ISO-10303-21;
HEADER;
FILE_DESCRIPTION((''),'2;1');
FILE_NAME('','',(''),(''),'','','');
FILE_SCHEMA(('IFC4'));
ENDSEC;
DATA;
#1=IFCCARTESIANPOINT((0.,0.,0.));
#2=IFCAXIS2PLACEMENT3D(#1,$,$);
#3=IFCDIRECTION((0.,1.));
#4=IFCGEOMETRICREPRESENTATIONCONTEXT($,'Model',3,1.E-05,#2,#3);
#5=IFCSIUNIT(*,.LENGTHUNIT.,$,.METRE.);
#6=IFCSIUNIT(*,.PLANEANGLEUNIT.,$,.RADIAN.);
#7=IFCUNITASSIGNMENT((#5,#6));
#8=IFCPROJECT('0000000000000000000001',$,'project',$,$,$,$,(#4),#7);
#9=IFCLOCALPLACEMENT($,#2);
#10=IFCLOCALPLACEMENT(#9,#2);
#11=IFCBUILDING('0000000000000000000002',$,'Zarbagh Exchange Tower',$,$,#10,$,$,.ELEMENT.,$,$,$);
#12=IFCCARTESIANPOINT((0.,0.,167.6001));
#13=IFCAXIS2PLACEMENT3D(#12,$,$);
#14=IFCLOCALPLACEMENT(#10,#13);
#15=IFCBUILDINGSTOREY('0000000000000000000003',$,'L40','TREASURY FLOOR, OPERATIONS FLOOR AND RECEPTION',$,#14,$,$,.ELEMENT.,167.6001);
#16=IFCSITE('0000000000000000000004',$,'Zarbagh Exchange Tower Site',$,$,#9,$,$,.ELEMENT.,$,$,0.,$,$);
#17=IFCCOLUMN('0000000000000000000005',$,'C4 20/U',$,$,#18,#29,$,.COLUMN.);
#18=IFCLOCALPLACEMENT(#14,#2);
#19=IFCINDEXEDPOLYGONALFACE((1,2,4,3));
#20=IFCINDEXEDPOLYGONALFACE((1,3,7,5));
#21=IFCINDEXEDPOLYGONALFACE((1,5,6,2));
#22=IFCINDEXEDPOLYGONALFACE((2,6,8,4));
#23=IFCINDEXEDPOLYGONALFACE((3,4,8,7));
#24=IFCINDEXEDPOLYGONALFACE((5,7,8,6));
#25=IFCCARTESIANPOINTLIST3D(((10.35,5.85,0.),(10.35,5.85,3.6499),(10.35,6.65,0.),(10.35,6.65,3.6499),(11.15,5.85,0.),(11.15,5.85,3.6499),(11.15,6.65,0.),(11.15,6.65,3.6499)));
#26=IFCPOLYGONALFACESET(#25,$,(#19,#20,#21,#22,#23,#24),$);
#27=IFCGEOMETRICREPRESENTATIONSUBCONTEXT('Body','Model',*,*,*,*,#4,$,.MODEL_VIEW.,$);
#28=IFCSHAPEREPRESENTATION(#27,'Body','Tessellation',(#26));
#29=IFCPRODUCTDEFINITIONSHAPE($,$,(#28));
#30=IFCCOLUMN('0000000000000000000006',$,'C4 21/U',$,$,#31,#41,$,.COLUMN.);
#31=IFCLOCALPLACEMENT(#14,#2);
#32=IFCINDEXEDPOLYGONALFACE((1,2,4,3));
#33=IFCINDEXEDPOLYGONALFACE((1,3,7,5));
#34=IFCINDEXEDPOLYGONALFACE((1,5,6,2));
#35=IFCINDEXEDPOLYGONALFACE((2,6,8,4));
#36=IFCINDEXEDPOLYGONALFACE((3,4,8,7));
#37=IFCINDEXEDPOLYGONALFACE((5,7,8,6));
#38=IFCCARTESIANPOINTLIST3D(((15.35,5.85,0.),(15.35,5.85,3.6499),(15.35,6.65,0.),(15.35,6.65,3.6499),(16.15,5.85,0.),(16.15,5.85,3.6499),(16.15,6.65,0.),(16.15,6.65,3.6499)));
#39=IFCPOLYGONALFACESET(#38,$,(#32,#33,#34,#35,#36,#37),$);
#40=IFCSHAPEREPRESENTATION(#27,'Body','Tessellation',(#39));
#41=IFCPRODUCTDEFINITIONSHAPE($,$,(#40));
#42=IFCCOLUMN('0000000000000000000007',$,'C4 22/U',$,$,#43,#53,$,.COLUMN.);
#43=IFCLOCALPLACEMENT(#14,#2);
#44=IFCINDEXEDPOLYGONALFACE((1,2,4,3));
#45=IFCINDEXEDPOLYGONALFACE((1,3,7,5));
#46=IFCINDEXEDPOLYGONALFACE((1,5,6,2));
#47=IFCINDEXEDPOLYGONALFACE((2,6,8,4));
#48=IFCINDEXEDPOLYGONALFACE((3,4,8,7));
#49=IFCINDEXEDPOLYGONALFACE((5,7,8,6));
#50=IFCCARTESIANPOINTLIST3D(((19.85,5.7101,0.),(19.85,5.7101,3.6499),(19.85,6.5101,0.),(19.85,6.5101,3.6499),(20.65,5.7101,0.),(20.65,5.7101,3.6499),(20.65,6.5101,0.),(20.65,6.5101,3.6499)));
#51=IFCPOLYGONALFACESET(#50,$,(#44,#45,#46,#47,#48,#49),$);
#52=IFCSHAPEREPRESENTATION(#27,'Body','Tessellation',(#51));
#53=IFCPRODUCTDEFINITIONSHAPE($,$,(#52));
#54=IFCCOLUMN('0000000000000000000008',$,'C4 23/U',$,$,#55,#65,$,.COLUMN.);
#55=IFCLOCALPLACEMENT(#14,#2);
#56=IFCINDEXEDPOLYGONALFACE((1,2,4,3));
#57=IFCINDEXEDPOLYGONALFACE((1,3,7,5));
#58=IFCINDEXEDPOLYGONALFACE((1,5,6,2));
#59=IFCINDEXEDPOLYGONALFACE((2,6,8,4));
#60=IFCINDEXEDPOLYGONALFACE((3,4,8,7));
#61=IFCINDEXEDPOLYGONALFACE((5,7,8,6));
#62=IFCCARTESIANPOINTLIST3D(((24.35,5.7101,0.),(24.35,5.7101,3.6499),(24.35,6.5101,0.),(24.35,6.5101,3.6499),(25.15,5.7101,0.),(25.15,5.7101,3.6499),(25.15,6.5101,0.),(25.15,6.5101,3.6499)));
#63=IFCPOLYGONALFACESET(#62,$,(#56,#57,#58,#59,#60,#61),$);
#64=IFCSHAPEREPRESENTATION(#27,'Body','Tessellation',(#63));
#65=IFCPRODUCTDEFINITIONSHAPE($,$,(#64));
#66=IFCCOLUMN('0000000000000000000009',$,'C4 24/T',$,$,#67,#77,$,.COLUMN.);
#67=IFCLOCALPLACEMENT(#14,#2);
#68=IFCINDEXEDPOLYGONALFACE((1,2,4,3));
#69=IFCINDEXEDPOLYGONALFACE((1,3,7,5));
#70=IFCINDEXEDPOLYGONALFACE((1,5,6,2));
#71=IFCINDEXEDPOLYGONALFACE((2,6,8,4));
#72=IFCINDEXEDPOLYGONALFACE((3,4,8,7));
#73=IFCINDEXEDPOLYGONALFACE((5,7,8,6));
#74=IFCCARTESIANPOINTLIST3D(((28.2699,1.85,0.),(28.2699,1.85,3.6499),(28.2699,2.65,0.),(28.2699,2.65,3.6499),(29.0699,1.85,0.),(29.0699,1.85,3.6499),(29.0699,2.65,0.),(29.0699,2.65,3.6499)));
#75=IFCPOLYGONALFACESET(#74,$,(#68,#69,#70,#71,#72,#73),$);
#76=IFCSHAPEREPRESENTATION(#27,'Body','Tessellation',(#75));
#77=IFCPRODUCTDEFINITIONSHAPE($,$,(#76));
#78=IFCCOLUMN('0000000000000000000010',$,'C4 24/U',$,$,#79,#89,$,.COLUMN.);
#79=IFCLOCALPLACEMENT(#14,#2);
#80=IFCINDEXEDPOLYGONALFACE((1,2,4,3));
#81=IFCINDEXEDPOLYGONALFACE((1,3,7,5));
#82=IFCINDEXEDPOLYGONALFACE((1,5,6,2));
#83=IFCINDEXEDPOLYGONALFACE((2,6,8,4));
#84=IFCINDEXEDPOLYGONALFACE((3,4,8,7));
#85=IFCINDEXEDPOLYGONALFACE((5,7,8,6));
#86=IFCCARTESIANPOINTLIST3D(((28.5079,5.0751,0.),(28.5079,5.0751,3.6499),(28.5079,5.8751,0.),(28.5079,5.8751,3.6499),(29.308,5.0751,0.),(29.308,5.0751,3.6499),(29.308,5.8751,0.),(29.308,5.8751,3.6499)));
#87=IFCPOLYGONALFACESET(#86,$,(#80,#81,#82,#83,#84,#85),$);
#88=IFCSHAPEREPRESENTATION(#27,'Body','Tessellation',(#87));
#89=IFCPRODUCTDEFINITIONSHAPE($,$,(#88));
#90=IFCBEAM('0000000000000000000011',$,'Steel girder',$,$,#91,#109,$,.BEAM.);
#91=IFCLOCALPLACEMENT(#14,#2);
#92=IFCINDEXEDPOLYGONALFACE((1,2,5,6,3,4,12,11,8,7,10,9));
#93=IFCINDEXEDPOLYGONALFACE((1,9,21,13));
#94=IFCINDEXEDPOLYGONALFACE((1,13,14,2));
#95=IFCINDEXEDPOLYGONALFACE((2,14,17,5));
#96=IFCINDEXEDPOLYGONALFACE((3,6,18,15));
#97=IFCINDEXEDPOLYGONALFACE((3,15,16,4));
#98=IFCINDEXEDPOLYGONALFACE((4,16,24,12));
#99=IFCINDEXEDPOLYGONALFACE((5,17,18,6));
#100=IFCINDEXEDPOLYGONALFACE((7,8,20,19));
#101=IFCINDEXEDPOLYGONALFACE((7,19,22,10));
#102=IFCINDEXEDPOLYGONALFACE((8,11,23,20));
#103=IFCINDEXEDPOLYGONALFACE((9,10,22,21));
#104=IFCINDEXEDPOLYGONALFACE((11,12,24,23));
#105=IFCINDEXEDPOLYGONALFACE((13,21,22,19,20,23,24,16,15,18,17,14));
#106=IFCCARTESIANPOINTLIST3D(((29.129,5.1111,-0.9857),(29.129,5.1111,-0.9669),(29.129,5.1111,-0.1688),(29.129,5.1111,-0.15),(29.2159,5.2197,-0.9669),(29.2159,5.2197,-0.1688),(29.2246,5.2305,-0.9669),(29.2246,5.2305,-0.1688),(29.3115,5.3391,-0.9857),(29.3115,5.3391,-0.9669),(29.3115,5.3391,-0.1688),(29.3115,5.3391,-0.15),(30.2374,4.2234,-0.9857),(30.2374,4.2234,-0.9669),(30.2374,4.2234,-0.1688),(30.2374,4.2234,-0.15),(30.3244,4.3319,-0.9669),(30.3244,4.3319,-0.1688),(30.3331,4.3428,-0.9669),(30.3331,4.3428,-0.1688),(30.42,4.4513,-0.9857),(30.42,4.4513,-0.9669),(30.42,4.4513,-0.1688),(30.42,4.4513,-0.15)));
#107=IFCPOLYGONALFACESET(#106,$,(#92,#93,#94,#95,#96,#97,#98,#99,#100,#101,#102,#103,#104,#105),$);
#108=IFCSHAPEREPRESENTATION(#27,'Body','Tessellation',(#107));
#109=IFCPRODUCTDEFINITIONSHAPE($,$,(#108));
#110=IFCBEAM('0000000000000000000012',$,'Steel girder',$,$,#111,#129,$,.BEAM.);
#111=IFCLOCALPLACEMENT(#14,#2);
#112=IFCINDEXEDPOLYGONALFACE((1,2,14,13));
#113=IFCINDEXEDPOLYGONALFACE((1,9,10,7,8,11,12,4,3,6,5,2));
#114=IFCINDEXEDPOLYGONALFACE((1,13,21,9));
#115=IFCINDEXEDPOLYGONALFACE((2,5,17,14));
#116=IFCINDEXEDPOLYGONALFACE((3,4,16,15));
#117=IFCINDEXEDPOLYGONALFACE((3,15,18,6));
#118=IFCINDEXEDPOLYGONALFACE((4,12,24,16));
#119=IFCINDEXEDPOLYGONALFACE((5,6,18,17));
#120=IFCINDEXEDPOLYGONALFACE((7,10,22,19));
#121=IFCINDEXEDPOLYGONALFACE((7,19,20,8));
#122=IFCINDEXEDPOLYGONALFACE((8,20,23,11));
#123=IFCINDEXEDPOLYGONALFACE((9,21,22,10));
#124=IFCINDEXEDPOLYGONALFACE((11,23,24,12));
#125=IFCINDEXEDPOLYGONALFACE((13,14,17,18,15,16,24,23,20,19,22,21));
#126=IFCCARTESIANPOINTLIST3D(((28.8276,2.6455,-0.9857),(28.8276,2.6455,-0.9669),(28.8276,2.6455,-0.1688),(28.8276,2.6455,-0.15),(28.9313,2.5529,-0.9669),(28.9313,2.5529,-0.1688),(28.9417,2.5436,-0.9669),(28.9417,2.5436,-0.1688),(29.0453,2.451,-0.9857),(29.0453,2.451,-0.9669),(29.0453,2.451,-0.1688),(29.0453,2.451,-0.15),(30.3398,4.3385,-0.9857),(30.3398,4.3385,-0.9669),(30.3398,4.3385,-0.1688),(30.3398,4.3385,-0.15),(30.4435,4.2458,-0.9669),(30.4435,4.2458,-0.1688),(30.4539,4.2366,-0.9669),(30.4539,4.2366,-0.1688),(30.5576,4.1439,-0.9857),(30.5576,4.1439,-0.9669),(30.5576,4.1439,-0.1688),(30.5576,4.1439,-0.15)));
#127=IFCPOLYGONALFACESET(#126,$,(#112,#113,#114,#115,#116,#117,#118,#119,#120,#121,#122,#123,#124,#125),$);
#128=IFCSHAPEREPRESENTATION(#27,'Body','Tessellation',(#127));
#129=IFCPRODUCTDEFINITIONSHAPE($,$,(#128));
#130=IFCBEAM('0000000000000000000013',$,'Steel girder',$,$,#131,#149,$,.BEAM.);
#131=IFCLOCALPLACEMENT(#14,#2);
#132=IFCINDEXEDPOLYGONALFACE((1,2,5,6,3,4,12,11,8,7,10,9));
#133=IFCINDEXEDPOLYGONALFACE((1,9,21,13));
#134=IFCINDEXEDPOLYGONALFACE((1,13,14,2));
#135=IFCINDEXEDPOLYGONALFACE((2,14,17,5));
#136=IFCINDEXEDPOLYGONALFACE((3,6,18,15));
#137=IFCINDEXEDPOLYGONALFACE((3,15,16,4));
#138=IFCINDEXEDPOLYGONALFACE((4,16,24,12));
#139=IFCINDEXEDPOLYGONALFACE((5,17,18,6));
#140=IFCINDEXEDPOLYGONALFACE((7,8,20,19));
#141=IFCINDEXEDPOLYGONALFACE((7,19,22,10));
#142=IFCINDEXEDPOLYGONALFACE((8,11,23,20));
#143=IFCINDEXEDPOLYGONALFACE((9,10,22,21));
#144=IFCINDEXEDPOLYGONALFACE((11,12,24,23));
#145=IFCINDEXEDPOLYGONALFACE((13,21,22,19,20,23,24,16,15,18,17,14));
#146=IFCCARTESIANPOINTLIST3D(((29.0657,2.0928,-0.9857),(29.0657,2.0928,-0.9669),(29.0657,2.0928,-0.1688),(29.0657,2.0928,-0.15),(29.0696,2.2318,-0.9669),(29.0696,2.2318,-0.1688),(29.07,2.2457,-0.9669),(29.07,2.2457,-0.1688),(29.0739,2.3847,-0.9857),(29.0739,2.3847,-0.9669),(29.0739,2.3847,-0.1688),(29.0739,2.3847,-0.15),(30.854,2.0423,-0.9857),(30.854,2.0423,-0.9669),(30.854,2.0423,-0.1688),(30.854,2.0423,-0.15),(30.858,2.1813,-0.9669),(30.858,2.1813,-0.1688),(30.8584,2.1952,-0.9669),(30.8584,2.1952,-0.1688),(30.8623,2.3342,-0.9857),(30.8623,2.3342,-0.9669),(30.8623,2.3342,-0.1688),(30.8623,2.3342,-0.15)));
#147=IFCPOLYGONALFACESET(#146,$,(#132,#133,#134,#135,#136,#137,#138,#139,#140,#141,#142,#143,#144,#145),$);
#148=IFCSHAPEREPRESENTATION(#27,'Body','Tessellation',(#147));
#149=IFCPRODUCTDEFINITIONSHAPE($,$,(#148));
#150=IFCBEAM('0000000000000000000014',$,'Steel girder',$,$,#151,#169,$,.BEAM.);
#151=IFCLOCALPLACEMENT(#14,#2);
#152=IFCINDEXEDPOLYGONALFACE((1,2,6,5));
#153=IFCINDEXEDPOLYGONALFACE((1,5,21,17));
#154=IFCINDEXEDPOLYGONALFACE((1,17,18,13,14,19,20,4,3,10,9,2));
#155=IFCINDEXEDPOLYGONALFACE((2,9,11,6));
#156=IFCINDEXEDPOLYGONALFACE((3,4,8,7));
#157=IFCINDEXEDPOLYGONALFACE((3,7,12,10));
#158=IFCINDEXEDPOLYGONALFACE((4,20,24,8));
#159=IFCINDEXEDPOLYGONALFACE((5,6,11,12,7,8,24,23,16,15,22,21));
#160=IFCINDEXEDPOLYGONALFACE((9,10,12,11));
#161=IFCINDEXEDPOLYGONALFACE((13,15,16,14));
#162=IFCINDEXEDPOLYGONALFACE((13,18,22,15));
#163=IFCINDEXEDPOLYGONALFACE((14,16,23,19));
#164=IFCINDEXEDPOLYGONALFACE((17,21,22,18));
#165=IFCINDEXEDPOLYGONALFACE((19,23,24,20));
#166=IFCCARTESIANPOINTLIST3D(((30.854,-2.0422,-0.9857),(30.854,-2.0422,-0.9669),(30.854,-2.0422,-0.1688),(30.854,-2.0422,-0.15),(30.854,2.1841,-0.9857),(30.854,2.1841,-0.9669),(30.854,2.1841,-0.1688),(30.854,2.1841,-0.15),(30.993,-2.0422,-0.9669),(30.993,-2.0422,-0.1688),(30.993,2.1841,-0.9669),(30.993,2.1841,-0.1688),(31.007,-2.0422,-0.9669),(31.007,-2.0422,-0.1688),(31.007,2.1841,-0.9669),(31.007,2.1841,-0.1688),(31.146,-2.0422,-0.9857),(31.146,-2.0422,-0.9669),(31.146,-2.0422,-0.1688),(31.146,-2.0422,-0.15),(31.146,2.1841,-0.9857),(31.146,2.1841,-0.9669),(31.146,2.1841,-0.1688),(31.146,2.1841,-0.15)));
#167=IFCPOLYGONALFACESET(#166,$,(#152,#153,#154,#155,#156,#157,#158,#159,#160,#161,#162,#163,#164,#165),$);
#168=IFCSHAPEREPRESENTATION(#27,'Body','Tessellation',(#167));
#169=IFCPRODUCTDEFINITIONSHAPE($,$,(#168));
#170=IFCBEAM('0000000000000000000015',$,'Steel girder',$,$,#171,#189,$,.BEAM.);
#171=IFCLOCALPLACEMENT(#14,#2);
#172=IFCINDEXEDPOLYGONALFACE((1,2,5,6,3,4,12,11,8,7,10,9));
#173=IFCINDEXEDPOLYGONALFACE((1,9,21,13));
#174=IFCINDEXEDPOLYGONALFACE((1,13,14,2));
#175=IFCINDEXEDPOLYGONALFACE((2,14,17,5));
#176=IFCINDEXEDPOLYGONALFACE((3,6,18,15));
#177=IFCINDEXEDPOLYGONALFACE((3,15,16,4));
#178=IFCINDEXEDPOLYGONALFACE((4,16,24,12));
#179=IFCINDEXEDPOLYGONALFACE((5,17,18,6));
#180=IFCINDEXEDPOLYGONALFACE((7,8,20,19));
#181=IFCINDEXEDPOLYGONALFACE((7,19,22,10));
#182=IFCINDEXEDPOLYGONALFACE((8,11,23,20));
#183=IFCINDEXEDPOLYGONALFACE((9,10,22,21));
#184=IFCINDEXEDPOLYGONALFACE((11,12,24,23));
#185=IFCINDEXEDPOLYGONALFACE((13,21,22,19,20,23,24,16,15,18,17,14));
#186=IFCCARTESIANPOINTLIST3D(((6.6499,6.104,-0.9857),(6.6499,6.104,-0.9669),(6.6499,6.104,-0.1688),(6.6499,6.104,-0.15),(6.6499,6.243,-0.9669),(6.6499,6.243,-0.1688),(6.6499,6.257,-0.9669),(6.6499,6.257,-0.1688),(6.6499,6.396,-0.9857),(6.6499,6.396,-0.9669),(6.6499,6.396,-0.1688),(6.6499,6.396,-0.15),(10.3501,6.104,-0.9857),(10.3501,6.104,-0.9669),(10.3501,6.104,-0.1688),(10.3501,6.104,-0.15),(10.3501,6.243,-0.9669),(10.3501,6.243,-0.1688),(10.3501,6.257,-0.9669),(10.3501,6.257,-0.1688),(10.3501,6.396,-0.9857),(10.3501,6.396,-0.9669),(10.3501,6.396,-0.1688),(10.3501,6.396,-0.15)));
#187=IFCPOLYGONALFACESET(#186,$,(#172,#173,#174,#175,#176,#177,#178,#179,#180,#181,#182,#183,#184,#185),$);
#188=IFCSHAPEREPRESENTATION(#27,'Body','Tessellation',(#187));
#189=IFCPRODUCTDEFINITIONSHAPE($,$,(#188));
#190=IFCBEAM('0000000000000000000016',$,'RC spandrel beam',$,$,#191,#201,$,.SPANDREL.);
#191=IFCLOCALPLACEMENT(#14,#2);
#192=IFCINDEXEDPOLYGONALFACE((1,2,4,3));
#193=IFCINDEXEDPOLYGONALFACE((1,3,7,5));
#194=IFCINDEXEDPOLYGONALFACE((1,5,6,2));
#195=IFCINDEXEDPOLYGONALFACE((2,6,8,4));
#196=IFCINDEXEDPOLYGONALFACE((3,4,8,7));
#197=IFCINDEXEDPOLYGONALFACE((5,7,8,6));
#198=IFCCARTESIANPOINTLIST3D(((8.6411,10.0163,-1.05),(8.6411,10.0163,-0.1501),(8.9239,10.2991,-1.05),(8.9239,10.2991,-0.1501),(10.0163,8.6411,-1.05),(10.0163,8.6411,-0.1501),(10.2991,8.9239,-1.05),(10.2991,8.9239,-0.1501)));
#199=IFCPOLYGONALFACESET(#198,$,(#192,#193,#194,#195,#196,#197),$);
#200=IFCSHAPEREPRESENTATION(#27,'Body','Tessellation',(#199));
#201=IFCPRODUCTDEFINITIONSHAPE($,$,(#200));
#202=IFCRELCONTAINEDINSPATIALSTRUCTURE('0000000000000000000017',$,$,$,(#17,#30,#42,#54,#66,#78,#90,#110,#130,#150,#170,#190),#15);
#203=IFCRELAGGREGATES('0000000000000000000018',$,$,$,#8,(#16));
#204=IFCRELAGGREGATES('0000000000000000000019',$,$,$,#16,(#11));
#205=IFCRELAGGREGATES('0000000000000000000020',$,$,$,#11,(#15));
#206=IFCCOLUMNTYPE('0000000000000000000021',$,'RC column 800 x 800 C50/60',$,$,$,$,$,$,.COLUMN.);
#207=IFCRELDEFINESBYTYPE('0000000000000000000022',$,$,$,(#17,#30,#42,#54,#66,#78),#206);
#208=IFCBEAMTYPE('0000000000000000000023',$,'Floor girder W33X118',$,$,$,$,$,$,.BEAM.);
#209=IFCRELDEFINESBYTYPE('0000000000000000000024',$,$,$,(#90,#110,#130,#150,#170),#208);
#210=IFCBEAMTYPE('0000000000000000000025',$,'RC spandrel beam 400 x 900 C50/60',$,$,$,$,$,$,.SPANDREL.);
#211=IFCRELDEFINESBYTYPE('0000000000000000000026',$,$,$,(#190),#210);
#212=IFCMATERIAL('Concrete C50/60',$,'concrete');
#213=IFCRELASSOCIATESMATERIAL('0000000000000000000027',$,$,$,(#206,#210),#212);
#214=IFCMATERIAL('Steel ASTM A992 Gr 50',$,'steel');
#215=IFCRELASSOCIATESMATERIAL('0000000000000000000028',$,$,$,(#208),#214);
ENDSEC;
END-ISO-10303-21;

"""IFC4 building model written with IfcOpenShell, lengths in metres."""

from ifc_helpers import new_model, si_unit, direction, frame, origin, origin_2d, place, context, subcontext, project, spatial, rectangle, i_section, extrude, material, material_profile, profile_set, type_object, element, save


model = new_model("IFC4")

# Units and contexts
model_context = context("Model", 3, precision=1e-05, world=origin(), true_north=direction((0.0, 1.0)))
body_context = subcontext(model_context, "Body", "Model", "MODEL_VIEW")
ifc_project = project(units=[si_unit("LENGTHUNIT", "METRE"), si_unit("PLANEANGLEUNIT", "RADIAN")], contexts=[model_context])

# Site, building, storey
site_placement = place(None, origin())
site = spatial("IfcSite", under=ifc_project, at=site_placement, Name="Zarbagh Exchange Tower Site", CompositionType="ELEMENT", RefElevation=0.0)
building_placement = place(site_placement, origin())
building = spatial("IfcBuilding", under=site, at=building_placement, Name="Zarbagh Exchange Tower", CompositionType="ELEMENT")
storey_placement = place(building_placement, frame((0.0, 0.0, 167.6001)))
storey = spatial("IfcBuildingStorey", under=building, at=storey_placement, Name="L40", Description="TREASURY FLOOR, OPERATIONS FLOOR AND RECEPTION", CompositionType="ELEMENT", Elevation=167.6001)

# Columns
ifc_material_1 = material(Name="Concrete C50/60", Category="concrete")
ifc_material_profile_1 = material_profile(ifc_material_1, rectangle(XDim=0.8, YDim=0.8, at=origin_2d()), Name="RC column 800 x 800 C50/60")
ifc_profile_set_1 = profile_set([ifc_material_profile_1], Name="Concrete C50/60")
column_type = type_object("IfcColumnType", Name="RC column 800 x 800 C50/60", PredefinedType="COLUMN", material=ifc_profile_set_1)
for number, where, z_axis, x_axis, name in (
    (1, (10.75, 6.25, 0.0), (0.0, 0.0, 1.0), (1.0, 0.0, 0.0), "C4 20/U"),
    (2, (15.75, 6.25, 0.0), (0.0, 0.0, 1.0), (1.0, 0.0, 0.0), "C4 21/U"),
    (3, (20.25, 6.1101, 0.0), (0.0, 0.0, 1.0), (1.0, 0.0, 0.0), "C4 22/U"),
    (4, (24.75, 6.1101, 0.0), (0.0, 0.0, 1.0), (1.0, 0.0, 0.0), "C4 23/U"),
    (5, (28.6699, 2.25, 0.0), (0.0, 0.0, 1.0), (1.0, 0.0, 0.0), "C4 24/T"),
    (6, (28.908, 5.4751, 0.0), (0.0, 0.0, 1.0), (1.0, 0.0, 0.0), "C4 24/U"),
):
    element("IfcColumn", number, at=place(storey_placement, frame(where, z_axis=z_axis, x_axis=x_axis)), inside=storey, type_object=column_type, Name=name, PredefinedType="COLUMN", context=body_context, shape_type="SweptSolid", body=[
        extrude(rectangle(XDim=0.8, YDim=0.8, at=origin_2d()), origin(), (0.0, 0.0, 1.0), 3.6499),
    ])

# Beams
ifc_material_2 = material(Name="Steel ASTM A992 Gr 50", Category="steel")
ifc_material_profile_2 = material_profile(ifc_material_2, i_section(OverallWidth=0.292, OverallDepth=0.8357, WebThickness=0.0139, FlangeThickness=0.0188, at=origin_2d()), Name="W33X118")
ifc_profile_set_2 = profile_set([ifc_material_profile_2], Name="Steel ASTM A992 Gr 50")
beam_type_1 = type_object("IfcBeamType", Name="Floor girder W33X118", PredefinedType="BEAM", material=ifc_profile_set_2)
beam_1_placement = place(storey_placement, frame((29.2202, 5.2251, -0.5679), z_axis=(0.780533, -0.625114, 0.0), x_axis=(0.625114, 0.780533, 0.0)))
element("IfcBeam", 7, at=beam_1_placement, inside=storey, type_object=beam_type_1, Name="Steel girder", PredefinedType="BEAM", context=body_context, shape_type="SweptSolid", body=[
    extrude(i_section(OverallWidth=0.292, OverallDepth=0.8357, WebThickness=0.0139, FlangeThickness=0.0188, at=origin_2d()), origin(), (0.0, 0.0, 1.0), 1.4202),
])
beam_2_placement = place(storey_placement, frame((30.4487, 4.2412, -0.5679), z_axis=(-0.666191, -0.745781, 0.0), x_axis=(0.745781, -0.666191, 0.0)))
element("IfcBeam", 8, at=beam_2_placement, inside=storey, type_object=beam_type_1, Name="Steel girder", PredefinedType="BEAM", context=body_context, shape_type="SweptSolid", body=[
    extrude(i_section(OverallWidth=0.292, OverallDepth=0.8357, WebThickness=0.0139, FlangeThickness=0.0188, at=origin_2d()), origin(), (0.0, 0.0, 1.0), 2.27),
])
beam_3_placement = place(storey_placement, frame((29.0698, 2.2388, -0.5679), z_axis=(0.999601, -0.028248, 0.0), x_axis=(0.028248, 0.999601, 0.0)))
element("IfcBeam", 9, at=beam_3_placement, inside=storey, type_object=beam_type_1, Name="Steel girder", PredefinedType="BEAM", context=body_context, shape_type="SweptSolid", body=[
    extrude(i_section(OverallWidth=0.292, OverallDepth=0.8357, WebThickness=0.0139, FlangeThickness=0.0188, at=origin_2d()), origin(), (0.0, 0.0, 1.0), 1.7891),
])
beam_4_placement = place(storey_placement, frame((31.0, 2.1841, -0.5679), z_axis=(0.0, -1.0, 0.0), x_axis=(1.0, 0.0, 0.0)))
element("IfcBeam", 10, at=beam_4_placement, inside=storey, type_object=beam_type_1, Name="Steel girder", PredefinedType="BEAM", context=body_context, shape_type="SweptSolid", body=[
    extrude(i_section(OverallWidth=0.292, OverallDepth=0.8357, WebThickness=0.0139, FlangeThickness=0.0188, at=origin_2d()), origin(), (0.0, 0.0, 1.0), 4.2263),
])
beam_5_placement = place(storey_placement, frame((6.6499, 6.25, -0.5679), z_axis=(1.0, 0.0, 0.0), x_axis=(0.0, 1.0, 0.0)))
element("IfcBeam", 11, at=beam_5_placement, inside=storey, type_object=beam_type_1, Name="Steel girder", PredefinedType="BEAM", context=body_context, shape_type="SweptSolid", body=[
    extrude(i_section(OverallWidth=0.292, OverallDepth=0.8357, WebThickness=0.0139, FlangeThickness=0.0188, at=origin_2d()), origin(), (0.0, 0.0, 1.0), 3.7002),
])
ifc_material_profile_3 = material_profile(ifc_material_1, rectangle(XDim=0.3999, YDim=0.8999, at=origin_2d()), Name="RC spandrel beam 400 x 900 C50/60")
ifc_profile_set_3 = profile_set([ifc_material_profile_3], Name="Concrete C50/60")
beam_type_2 = type_object("IfcBeamType", Name="RC spandrel beam 400 x 900 C50/60", PredefinedType="SPANDREL", material=ifc_profile_set_3)
beam_6_placement = place(storey_placement, frame((8.7825, 10.1577, -0.6001), z_axis=(0.707107, -0.707107, 0.0), x_axis=(0.707107, 0.707107, 0.0)))
element("IfcBeam", 12, at=beam_6_placement, inside=storey, type_object=beam_type_2, Name="RC spandrel beam", PredefinedType="SPANDREL", context=body_context, shape_type="SweptSolid", body=[
    extrude(rectangle(XDim=0.3999, YDim=0.8999, at=origin_2d()), origin(), (0.0, 0.0, 1.0), 1.9448),
])

save(model, "model.ifc")
